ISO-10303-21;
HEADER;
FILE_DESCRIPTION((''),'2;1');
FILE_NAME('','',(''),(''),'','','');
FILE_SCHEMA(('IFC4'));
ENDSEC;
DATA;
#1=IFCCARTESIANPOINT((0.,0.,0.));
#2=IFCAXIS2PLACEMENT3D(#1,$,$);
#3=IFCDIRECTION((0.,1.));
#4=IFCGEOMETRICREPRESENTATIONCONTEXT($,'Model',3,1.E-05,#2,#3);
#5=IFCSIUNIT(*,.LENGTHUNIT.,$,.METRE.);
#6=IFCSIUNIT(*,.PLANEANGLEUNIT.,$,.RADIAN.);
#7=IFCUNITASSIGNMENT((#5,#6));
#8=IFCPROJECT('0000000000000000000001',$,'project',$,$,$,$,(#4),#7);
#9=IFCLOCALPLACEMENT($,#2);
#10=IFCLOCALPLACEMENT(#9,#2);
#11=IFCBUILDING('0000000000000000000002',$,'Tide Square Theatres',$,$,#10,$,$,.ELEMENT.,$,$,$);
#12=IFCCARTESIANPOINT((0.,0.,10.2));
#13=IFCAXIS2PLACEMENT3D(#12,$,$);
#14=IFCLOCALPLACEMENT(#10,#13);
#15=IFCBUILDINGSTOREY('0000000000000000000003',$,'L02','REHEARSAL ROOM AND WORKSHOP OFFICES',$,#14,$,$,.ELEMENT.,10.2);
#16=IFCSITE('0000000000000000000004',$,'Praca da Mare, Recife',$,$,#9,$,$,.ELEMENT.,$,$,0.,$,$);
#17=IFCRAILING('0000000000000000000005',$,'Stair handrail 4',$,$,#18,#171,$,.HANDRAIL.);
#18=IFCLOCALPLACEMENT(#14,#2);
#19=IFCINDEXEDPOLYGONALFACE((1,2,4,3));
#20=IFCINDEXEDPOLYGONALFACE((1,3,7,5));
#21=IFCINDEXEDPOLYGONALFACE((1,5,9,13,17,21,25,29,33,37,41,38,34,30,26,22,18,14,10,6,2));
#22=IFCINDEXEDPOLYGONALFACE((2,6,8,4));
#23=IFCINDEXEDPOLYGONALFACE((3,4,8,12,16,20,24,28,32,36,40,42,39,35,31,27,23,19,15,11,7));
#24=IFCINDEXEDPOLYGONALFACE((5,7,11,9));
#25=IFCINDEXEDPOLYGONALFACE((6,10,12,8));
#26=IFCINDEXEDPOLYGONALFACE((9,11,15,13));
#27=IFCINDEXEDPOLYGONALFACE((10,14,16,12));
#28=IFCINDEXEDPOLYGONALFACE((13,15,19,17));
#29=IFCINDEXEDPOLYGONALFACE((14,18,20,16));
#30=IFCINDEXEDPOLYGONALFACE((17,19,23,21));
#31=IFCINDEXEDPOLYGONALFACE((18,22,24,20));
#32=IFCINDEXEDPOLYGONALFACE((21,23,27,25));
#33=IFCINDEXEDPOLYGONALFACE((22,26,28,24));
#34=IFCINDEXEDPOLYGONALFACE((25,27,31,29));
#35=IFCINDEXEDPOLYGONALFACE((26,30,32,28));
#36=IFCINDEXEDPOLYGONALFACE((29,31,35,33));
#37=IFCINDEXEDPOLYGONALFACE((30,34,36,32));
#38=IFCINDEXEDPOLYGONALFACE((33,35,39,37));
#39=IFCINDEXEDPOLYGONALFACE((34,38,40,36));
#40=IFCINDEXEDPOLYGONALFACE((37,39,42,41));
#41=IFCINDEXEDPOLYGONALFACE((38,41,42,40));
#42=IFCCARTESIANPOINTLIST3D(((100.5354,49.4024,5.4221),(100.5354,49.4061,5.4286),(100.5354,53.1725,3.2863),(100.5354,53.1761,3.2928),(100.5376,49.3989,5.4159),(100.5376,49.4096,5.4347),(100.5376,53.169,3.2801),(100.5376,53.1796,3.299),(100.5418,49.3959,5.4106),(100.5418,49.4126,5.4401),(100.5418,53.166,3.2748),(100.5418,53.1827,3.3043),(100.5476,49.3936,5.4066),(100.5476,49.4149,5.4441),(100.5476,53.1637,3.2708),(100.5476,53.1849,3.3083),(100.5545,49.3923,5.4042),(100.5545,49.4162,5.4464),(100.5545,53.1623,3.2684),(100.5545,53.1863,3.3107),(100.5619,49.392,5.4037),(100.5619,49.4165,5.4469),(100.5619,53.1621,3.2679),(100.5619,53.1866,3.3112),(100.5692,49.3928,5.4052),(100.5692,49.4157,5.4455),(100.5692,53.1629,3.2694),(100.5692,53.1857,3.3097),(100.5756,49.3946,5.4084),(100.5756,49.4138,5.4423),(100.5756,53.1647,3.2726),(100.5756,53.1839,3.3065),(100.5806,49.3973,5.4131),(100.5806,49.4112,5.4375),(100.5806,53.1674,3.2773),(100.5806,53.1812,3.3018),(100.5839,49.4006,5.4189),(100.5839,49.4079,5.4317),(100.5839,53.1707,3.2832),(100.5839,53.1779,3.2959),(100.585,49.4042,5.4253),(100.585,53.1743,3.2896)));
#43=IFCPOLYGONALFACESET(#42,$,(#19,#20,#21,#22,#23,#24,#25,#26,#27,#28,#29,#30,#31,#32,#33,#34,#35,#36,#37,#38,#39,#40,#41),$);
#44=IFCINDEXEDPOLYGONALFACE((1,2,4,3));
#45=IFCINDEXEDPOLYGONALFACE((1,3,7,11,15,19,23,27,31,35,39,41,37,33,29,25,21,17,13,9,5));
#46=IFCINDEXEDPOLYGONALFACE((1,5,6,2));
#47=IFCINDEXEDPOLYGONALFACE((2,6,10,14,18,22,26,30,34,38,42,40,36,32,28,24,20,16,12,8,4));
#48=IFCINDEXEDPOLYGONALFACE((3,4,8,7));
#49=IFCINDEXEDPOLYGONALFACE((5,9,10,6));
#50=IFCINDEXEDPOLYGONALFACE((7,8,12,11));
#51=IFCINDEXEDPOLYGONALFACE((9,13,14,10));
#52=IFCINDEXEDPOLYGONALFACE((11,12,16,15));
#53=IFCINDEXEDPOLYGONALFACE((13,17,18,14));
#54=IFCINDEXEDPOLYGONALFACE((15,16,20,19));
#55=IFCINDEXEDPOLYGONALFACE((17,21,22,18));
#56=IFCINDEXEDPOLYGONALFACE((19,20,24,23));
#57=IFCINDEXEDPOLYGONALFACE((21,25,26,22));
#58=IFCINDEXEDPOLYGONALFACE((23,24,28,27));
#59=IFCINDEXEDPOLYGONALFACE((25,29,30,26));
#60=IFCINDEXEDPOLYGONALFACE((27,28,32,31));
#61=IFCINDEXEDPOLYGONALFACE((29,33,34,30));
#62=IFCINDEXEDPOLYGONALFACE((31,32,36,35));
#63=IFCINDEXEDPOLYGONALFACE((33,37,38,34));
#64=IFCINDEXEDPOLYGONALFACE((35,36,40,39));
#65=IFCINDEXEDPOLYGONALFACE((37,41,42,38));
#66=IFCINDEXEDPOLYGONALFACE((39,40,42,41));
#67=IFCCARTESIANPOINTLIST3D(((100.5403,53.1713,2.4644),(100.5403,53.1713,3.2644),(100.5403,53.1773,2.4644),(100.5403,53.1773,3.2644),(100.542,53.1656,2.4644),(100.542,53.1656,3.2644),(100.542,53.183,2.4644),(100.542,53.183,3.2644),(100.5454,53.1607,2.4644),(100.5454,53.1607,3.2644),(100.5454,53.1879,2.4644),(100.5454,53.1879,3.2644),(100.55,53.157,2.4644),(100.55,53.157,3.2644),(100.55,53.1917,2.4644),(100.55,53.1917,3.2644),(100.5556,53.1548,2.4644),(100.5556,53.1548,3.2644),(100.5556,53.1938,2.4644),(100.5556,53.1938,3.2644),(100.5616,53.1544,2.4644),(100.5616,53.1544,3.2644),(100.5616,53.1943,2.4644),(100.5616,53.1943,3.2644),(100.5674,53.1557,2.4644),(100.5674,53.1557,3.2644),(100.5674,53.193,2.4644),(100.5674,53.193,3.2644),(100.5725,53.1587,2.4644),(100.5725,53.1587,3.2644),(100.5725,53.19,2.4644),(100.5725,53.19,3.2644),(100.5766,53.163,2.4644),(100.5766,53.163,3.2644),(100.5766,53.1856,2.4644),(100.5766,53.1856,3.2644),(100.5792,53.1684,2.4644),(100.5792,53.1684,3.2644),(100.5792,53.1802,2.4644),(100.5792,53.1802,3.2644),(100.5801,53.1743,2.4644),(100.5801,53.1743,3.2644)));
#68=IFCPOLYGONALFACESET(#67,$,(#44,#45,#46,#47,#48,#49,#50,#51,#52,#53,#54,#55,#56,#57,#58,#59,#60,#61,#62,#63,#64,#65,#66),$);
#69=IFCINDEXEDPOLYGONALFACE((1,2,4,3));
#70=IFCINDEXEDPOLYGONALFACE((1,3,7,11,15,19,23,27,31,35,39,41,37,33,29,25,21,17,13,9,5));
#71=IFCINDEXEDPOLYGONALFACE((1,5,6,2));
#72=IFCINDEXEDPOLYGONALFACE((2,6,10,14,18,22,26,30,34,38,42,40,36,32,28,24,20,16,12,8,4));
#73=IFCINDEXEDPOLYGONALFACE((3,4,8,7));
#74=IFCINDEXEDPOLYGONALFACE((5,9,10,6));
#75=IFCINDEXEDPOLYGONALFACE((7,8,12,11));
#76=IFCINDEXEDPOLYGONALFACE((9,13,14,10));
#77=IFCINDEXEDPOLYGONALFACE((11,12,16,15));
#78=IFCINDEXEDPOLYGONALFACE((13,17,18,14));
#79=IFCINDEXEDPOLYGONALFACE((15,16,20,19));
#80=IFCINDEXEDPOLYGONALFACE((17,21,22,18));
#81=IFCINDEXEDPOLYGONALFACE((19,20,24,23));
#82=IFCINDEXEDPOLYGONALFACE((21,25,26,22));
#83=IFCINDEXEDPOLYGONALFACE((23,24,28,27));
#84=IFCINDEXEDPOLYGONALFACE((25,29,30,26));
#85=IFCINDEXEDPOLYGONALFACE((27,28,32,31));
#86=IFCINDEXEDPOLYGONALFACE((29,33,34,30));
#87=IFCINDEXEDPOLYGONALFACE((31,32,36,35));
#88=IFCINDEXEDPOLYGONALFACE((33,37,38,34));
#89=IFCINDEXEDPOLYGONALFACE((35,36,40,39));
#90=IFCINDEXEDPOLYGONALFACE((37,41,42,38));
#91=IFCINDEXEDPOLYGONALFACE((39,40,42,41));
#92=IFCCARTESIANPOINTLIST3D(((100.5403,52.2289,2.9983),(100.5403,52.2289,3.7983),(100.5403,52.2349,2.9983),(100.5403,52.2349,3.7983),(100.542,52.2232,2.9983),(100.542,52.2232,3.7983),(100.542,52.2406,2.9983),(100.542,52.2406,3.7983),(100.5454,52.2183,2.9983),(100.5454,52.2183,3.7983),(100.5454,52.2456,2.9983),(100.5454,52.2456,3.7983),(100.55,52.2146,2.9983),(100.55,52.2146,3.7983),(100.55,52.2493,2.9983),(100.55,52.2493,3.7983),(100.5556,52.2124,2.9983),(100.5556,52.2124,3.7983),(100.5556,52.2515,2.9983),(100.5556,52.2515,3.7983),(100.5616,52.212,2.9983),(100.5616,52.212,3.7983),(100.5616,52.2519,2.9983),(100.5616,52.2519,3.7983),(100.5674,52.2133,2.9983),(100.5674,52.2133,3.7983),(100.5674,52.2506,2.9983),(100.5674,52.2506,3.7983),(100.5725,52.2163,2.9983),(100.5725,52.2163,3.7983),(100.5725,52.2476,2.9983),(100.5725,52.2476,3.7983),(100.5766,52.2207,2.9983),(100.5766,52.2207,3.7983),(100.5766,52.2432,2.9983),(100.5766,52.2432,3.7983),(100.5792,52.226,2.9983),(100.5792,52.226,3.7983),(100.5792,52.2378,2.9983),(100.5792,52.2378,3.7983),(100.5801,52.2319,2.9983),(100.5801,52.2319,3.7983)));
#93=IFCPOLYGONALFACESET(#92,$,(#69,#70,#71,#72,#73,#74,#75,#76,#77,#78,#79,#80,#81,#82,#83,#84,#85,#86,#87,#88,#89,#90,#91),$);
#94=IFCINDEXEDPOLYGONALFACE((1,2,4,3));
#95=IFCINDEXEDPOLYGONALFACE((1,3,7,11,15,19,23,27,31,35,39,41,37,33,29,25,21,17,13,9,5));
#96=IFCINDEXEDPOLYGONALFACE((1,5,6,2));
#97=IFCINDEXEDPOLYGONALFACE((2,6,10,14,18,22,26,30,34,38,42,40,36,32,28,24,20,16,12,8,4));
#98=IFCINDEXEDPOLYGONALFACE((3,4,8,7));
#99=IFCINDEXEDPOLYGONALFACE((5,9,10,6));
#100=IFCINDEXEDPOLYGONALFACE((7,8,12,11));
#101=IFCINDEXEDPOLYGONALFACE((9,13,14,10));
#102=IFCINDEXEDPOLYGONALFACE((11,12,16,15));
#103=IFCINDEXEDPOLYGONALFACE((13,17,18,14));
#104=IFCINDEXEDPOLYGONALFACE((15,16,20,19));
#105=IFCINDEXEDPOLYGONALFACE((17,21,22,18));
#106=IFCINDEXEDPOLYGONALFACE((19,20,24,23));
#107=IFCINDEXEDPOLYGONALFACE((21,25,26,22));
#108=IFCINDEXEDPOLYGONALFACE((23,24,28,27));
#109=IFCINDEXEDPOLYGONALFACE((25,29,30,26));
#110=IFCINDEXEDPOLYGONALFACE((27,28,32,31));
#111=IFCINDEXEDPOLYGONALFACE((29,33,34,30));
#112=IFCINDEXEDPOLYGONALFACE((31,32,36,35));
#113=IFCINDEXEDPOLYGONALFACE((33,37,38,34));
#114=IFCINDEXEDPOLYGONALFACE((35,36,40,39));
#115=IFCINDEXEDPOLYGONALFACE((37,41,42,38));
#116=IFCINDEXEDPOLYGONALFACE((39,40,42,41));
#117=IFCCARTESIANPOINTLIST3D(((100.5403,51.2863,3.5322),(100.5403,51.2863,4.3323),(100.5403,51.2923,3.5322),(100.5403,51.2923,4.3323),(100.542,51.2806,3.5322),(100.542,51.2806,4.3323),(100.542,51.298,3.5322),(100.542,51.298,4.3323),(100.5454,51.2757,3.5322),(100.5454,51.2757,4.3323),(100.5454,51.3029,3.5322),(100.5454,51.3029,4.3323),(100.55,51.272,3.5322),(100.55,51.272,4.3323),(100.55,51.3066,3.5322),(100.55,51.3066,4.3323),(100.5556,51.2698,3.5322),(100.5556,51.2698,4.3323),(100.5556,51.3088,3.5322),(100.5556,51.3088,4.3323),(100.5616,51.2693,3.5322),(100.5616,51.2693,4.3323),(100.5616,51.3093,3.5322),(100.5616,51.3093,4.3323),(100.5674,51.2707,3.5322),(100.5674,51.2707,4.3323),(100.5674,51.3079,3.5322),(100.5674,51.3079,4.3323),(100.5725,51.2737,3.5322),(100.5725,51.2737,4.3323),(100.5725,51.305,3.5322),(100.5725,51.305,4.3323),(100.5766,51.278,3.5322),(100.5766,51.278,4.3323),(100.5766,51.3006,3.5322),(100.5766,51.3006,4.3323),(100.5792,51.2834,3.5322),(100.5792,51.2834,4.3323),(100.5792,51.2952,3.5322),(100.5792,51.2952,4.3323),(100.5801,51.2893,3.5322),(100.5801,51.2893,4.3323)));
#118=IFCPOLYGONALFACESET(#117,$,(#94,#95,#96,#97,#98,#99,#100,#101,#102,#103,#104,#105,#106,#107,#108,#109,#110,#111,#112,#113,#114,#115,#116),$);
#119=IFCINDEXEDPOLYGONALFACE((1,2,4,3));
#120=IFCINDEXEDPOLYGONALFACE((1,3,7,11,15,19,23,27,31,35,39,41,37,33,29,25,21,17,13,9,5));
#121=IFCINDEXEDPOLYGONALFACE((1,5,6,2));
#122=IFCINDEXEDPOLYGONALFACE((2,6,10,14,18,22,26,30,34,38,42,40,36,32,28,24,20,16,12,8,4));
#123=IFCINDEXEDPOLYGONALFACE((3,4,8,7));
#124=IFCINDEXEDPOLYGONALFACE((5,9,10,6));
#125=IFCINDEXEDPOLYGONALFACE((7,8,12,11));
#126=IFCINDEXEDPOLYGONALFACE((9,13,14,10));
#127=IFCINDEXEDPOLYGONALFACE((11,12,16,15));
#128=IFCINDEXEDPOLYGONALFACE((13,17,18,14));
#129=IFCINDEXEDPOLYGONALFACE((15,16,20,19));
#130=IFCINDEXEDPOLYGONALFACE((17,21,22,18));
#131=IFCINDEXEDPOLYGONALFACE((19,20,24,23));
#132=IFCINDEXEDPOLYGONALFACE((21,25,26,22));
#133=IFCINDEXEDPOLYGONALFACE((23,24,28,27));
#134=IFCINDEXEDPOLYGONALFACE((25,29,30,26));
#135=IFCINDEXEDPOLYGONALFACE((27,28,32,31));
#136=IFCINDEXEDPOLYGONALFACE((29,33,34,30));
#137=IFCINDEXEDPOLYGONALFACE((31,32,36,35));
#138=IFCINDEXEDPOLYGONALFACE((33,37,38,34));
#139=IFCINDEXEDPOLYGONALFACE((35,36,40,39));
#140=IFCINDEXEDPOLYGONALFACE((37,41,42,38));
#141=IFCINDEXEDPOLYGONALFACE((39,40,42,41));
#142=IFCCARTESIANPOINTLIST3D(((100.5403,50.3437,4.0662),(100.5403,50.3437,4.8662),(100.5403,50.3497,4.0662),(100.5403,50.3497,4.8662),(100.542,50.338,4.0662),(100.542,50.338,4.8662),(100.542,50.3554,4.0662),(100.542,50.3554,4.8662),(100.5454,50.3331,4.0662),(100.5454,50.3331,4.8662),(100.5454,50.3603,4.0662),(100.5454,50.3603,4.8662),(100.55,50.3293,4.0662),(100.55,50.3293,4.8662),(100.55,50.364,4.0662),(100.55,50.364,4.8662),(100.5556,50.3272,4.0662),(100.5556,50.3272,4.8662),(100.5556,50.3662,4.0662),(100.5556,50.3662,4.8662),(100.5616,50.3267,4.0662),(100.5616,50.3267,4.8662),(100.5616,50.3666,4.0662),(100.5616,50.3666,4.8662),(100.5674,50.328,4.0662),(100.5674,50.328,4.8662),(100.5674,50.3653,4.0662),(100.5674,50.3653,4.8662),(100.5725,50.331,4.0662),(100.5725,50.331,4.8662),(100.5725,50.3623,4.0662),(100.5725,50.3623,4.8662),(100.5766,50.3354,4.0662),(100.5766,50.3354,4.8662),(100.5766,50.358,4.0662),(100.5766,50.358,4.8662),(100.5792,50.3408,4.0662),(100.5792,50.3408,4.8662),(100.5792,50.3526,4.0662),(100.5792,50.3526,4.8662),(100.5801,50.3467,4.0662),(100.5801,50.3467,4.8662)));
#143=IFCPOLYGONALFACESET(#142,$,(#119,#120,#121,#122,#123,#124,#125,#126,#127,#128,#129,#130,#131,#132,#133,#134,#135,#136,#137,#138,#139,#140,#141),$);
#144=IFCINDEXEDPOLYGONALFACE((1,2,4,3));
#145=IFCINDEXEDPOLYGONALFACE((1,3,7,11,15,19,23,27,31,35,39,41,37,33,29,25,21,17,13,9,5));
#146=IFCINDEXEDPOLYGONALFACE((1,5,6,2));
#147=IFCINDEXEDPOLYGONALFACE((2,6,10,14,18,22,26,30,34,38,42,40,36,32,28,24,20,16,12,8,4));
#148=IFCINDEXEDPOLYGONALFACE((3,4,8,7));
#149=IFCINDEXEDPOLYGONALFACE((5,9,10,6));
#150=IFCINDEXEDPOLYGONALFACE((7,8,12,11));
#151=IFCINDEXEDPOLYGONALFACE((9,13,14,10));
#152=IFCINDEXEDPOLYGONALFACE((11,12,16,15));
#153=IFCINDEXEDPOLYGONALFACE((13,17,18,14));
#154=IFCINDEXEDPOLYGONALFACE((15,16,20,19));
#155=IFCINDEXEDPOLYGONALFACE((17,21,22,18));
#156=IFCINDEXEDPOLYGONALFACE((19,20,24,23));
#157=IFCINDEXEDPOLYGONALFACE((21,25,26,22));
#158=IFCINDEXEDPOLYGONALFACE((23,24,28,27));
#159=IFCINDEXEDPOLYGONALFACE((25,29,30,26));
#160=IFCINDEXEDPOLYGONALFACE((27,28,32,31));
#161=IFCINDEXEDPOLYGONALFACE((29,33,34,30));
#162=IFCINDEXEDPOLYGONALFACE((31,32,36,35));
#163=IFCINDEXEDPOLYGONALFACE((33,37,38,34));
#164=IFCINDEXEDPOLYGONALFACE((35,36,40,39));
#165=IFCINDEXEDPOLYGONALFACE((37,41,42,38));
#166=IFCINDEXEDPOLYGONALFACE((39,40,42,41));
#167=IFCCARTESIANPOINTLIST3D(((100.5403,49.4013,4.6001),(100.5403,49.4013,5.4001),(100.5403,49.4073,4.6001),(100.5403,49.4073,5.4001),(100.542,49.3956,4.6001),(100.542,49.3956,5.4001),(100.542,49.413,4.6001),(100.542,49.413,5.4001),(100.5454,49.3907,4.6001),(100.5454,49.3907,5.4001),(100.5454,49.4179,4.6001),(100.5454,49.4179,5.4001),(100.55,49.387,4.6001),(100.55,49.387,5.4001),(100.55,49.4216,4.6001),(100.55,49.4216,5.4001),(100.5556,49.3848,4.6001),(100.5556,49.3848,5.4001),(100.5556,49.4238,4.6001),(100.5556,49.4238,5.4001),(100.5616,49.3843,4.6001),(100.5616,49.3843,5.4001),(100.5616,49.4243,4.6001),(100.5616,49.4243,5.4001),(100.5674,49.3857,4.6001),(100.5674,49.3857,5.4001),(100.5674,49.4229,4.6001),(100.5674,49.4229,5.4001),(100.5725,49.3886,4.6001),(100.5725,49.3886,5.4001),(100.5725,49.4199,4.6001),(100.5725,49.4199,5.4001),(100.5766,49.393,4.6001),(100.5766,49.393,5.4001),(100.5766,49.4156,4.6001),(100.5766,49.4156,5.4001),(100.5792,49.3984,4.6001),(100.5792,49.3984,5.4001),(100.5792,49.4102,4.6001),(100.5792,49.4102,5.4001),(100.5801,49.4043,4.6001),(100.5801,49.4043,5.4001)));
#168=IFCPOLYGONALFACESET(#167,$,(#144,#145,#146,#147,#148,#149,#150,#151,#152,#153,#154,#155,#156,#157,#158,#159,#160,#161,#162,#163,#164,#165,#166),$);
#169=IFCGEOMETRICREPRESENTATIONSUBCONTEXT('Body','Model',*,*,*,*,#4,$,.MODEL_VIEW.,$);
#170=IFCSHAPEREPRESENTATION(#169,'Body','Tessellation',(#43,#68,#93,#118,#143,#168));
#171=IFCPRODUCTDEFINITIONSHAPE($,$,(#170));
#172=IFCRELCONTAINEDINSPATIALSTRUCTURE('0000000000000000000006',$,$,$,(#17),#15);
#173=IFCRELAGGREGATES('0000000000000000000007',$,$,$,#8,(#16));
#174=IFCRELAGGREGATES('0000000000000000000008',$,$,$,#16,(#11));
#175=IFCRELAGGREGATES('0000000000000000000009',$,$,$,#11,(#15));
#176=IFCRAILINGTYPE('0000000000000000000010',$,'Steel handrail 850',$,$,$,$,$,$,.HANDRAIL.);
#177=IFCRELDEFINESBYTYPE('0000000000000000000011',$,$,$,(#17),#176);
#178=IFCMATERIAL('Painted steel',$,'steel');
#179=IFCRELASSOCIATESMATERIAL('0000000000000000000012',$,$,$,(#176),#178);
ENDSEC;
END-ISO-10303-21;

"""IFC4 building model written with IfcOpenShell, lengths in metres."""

from ifc_helpers import new_model, si_unit, direction, frame, origin, origin_2d, place, context, subcontext, project, spatial, circle, extrude, material, type_object, element, save


model = new_model("IFC4")

# Units and contexts
model_context = context("Model", 3, precision=1e-05, world=origin(), true_north=direction((0.0, 1.0)))
body_context = subcontext(model_context, "Body", "Model", "MODEL_VIEW")
ifc_project = project(units=[si_unit("LENGTHUNIT", "METRE"), si_unit("PLANEANGLEUNIT", "RADIAN")], contexts=[model_context])

# Site, building, storey
site_placement = place(None, origin())
site = spatial("IfcSite", under=ifc_project, at=site_placement, Name="Praca da Mare, Recife", CompositionType="ELEMENT", RefElevation=0.0)
building_placement = place(site_placement, origin())
building = spatial("IfcBuilding", under=site, at=building_placement, Name="Tide Square Theatres", CompositionType="ELEMENT")
storey_placement = place(building_placement, frame((0.0, 0.0, 10.2)))
storey = spatial("IfcBuildingStorey", under=building, at=storey_placement, Name="L02", Description="REHEARSAL ROOM AND WORKSHOP OFFICES", CompositionType="ELEMENT", Elevation=10.2)

# Railing
ifc_material_1 = material(Name="Painted steel", Category="steel")
railing_type = type_object("IfcRailingType", Name="Steel handrail 850", PredefinedType="HANDRAIL", material=ifc_material_1)
for number, where, name in (
    (1, (100.5601, 53.1743, 2.4644), "Stair handrail 4"),
):
    element("IfcRailing", number, at=place(storey_placement, frame(where)), inside=storey, type_object=railing_type, Name=name, PredefinedType="HANDRAIL", context=body_context, shape_type="SweptSolid", body=[
        extrude(circle(Radius=0.0249, at=origin_2d()), frame((0.0, 0.0, 0.8252), z_axis=(0.0, -0.870082, 0.492907), x_axis=(1.0, 0.0, 0.0)), (0.0, 0.0, 1.0), 4.333),
        extrude(circle(Radius=0.02, at=origin_2d()), origin(), (0.0, 0.0, 1.0), 0.8),
        extrude(circle(Radius=0.02, at=origin_2d()), frame((0.0, -0.9424, 0.5339)), (0.0, 0.0, 1.0), 0.8),
        extrude(circle(Radius=0.02, at=origin_2d()), frame((0.0, -1.885, 1.0679)), (0.0, 0.0, 1.0), 0.8),
        extrude(circle(Radius=0.02, at=origin_2d()), frame((0.0, -2.8276, 1.6018)), (0.0, 0.0, 1.0), 0.8),
        extrude(circle(Radius=0.02, at=origin_2d()), frame((0.0, -3.77, 2.1357)), (0.0, 0.0, 1.0), 0.8),
    ])

save(model, "model.ifc")
